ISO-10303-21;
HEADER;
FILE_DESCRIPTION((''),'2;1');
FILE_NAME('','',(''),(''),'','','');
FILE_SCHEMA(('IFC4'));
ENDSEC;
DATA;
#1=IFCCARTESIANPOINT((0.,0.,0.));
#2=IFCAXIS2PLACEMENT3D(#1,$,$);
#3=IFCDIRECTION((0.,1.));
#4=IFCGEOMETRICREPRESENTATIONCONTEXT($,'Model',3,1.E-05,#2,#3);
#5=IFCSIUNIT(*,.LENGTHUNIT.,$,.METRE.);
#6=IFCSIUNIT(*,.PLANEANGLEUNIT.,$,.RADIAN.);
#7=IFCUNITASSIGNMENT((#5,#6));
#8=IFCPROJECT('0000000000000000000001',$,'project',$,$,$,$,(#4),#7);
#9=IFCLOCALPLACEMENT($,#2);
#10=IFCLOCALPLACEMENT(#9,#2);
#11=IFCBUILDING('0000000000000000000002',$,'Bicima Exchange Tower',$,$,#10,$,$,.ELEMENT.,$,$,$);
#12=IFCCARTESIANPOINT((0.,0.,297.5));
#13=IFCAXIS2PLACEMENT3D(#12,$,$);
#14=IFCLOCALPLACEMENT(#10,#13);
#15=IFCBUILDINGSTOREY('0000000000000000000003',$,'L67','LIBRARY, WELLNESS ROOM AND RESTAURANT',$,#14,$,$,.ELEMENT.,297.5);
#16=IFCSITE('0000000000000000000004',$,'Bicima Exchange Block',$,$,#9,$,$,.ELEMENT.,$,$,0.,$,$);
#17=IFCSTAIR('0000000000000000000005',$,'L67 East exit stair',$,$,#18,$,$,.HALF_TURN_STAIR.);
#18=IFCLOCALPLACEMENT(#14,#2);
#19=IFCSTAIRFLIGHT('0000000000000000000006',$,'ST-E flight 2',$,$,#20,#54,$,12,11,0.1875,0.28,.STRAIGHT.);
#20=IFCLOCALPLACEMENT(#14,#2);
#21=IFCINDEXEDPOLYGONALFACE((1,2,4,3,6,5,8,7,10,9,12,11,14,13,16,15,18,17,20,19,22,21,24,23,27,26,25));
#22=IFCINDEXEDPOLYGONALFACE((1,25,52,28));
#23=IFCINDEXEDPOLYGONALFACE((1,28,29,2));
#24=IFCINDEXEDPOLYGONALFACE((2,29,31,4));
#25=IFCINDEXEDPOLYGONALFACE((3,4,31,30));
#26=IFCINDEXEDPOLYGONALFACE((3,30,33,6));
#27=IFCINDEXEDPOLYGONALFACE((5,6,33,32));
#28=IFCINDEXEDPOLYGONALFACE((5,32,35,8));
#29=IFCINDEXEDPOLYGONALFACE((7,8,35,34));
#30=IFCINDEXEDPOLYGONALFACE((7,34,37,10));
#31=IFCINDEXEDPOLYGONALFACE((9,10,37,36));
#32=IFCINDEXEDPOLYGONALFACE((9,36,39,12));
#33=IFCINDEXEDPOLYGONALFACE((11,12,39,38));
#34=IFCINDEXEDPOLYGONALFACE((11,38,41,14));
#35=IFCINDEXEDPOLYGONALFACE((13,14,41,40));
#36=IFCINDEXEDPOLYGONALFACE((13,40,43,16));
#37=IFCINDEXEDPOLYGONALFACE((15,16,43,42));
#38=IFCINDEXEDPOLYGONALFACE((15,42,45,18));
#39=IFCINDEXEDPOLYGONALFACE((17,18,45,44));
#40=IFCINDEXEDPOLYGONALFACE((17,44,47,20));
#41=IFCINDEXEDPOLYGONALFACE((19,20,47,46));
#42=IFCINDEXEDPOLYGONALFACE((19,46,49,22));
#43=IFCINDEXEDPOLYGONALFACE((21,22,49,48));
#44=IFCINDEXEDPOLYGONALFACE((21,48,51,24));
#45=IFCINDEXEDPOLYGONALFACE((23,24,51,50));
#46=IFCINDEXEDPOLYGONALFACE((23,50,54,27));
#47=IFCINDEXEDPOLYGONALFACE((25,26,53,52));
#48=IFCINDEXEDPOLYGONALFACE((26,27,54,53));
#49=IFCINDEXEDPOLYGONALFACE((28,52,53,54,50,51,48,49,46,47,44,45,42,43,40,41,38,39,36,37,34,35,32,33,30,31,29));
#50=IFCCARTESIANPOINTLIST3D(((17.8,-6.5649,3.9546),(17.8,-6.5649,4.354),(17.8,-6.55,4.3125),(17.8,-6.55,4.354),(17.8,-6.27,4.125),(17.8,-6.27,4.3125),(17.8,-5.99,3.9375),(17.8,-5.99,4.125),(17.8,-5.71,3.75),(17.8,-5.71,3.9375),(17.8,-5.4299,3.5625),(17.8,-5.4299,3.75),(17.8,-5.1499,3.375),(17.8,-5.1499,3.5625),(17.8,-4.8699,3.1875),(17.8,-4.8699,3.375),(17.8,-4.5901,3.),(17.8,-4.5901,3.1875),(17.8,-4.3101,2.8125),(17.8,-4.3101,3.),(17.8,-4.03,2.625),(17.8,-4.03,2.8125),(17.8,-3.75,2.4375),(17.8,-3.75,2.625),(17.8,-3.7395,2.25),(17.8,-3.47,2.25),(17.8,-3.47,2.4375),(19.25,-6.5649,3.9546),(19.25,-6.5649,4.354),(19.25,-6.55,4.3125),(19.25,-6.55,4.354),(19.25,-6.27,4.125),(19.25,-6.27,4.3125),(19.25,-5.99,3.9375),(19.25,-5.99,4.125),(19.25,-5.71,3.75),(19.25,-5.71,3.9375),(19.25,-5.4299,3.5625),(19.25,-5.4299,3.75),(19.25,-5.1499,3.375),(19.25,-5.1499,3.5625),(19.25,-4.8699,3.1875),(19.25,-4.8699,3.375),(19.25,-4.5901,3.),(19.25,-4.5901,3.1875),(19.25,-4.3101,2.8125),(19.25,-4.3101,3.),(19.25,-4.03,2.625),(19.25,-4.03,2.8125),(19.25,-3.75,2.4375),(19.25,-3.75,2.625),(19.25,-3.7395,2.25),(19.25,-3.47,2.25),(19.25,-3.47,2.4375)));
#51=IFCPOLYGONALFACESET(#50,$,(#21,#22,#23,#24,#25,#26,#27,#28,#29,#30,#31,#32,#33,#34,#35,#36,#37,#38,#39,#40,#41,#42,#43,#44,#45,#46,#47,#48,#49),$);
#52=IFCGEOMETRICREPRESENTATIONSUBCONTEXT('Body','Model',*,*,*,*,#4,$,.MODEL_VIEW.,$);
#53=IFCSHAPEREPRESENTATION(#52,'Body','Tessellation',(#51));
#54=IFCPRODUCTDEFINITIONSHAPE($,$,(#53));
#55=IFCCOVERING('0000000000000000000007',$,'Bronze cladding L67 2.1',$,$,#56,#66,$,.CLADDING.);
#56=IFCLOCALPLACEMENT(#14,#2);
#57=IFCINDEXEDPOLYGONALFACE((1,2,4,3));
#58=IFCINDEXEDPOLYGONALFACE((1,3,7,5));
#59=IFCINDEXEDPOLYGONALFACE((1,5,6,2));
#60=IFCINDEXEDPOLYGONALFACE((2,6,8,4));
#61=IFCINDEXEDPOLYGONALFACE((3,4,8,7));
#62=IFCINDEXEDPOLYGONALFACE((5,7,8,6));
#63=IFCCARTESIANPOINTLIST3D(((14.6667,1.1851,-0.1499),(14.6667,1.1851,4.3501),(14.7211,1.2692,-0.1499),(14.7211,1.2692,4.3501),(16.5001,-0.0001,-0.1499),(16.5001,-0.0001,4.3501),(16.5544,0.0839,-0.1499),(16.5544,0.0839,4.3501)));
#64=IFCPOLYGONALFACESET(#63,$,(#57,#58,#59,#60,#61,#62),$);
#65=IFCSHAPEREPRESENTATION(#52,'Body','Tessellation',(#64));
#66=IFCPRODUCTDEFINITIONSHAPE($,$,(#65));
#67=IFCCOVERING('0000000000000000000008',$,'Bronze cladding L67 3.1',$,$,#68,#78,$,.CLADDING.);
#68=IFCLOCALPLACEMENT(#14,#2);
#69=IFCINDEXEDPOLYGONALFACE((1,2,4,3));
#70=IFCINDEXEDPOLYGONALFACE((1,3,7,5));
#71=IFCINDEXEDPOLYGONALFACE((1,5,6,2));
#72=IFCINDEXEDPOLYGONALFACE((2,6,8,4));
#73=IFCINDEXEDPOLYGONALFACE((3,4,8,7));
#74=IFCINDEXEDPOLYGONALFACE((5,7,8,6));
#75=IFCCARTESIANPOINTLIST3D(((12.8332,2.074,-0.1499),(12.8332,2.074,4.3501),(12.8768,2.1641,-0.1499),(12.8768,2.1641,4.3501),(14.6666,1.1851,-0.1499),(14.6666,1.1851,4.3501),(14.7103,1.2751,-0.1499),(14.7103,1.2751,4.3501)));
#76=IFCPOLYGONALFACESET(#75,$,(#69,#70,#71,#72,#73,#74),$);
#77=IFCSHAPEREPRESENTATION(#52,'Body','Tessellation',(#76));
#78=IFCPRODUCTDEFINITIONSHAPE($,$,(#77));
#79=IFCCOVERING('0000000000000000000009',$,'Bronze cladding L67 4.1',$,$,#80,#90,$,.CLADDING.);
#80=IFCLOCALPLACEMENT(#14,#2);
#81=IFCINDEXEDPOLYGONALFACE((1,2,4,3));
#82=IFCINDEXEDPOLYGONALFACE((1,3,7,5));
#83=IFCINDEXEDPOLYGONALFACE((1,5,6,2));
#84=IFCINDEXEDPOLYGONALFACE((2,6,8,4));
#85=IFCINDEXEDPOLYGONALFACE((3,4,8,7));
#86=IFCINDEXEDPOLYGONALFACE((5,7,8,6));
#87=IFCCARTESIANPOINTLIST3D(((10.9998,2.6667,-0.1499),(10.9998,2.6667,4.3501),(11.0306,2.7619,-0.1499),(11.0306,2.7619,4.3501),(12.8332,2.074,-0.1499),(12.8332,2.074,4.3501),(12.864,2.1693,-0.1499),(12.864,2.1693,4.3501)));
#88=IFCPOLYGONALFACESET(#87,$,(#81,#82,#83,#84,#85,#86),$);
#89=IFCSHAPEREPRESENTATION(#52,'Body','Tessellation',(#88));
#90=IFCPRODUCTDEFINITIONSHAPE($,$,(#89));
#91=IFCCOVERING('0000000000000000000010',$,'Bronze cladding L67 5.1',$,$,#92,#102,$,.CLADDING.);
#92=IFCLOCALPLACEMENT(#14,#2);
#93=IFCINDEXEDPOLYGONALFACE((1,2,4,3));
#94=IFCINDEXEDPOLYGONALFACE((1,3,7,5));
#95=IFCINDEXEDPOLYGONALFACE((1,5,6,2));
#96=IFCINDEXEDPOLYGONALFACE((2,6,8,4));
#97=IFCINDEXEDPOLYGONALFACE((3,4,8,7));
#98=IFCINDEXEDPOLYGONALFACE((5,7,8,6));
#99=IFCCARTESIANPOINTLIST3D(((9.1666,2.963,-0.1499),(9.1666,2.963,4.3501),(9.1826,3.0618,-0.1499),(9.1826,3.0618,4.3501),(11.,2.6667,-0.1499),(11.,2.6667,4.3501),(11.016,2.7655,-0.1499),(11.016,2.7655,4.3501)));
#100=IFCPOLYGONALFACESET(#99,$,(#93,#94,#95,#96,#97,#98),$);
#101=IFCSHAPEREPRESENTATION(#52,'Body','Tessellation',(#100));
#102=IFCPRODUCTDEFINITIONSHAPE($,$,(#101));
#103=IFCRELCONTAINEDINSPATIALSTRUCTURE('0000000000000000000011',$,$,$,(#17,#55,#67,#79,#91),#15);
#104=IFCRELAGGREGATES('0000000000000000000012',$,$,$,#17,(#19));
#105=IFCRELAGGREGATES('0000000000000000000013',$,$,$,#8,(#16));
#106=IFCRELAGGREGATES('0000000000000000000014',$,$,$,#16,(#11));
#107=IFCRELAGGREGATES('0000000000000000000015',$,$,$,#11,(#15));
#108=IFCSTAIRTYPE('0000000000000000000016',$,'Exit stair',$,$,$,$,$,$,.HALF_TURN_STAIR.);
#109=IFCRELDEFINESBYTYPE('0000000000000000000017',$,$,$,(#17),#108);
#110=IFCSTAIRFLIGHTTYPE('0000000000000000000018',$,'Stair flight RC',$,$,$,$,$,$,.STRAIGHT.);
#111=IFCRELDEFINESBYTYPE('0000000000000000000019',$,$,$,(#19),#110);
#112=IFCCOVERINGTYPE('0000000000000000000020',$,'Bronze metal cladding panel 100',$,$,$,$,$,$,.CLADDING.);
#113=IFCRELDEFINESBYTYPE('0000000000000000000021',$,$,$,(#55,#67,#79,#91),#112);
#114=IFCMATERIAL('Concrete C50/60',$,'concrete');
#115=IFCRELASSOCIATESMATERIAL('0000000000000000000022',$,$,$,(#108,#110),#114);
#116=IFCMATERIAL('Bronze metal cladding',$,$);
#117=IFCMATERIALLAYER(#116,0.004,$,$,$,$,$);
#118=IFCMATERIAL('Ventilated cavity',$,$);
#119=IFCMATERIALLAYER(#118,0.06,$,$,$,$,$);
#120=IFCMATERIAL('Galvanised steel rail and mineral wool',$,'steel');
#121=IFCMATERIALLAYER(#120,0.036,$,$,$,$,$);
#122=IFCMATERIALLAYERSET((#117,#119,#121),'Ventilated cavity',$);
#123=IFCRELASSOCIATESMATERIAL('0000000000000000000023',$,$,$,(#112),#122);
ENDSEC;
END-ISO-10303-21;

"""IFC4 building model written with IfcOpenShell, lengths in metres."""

from ifc_helpers import new_model, si_unit, direction, frame, origin, origin_2d, place, context, subcontext, project, spatial, polyline, rectangle, outline, extrude, material, layer, layer_set, type_object, element, aggregate, save


model = new_model("IFC4")

# Units and contexts
model_context = context("Model", 3, precision=1e-05, world=origin(), true_north=direction((0.0, 1.0)))
body_context = subcontext(model_context, "Body", "Model", "MODEL_VIEW")
ifc_project = project(units=[si_unit("LENGTHUNIT", "METRE"), si_unit("PLANEANGLEUNIT", "RADIAN")], contexts=[model_context])

# Site, building, storey
site_placement = place(None, origin())
site = spatial("IfcSite", under=ifc_project, at=site_placement, Name="Bicima Exchange Block", CompositionType="ELEMENT", RefElevation=0.0)
building_placement = place(site_placement, origin())
building = spatial("IfcBuilding", under=site, at=building_placement, Name="Bicima Exchange Tower", CompositionType="ELEMENT")
storey_placement = place(building_placement, frame((0.0, 0.0, 297.5)))
storey = spatial("IfcBuildingStorey", under=building, at=storey_placement, Name="L67", Description="LIBRARY, WELLNESS ROOM AND RESTAURANT", CompositionType="ELEMENT", Elevation=297.5)

# Shared definitions
ifc_material_1 = material(Name="Concrete C50/60", Category="concrete")

# Stair, stair flight
stair_type = type_object("IfcStairType", Name="Exit stair", PredefinedType="HALF_TURN_STAIR", material=ifc_material_1)
stair_placement = place(storey_placement, origin())
stair = element("IfcStair", 1, at=stair_placement, inside=storey, type_object=stair_type, Name="L67 East exit stair", PredefinedType="HALF_TURN_STAIR")
stair_flight_type = type_object("IfcStairFlightType", Name="Stair flight RC", PredefinedType="STRAIGHT", material=ifc_material_1)
stair_flight_placement = place(storey_placement, frame((18.5249, -3.47, 2.25), z_axis=(0.0, 0.0, 1.0), x_axis=(0.0, -1.0, 0.0)))
stair_flight = element("IfcStairFlight", 2, at=stair_flight_placement, type_object=stair_flight_type, Name="ST-E flight 2", NumberOfRisers=12, NumberOfTreads=11, PredefinedType="STRAIGHT", RiserHeight=0.1875, TreadLength=0.28, context=body_context, shape_type="SweptSolid", body=[
    extrude(outline(polyline([(0.0, 0.0), (0.0, 0.1875), (0.28, 0.1875), (0.28, 0.375), (0.5601, 0.375), (0.5601, 0.5625), (0.8401, 0.5625), (0.8401, 0.75), (1.1201, 0.75), (1.1201, 0.9375), (1.3999, 0.9375), (1.3999, 1.125), (1.6799, 1.125), (1.6799, 1.3125), (1.96, 1.3125), (1.96, 1.5), (2.24, 1.5), (2.24, 1.6875), (2.52, 1.6875), (2.52, 1.875), (2.8, 1.875), (2.8, 2.0625), (3.0801, 2.0625), (3.0801, 2.104), (3.095, 2.104), (3.095, 1.7046), (0.2695, 0.0), (0.0, 0.0)])), frame((0.0, 0.7251, 0.0), z_axis=(0.0, -1.0, 0.0), x_axis=(1.0, 0.0, 0.0)), (0.0, 0.0, 1.0), 1.45),
])
aggregate(stair, [stair_flight])

# Coverings
ifc_material_2 = material(Name="Bronze metal cladding")
ifc_layer_1 = layer(ifc_material_2, 0.004)
ifc_material_3 = material(Name="Ventilated cavity")
ifc_layer_2 = layer(ifc_material_3, 0.06)
ifc_material_4 = material(Name="Galvanised steel rail and mineral wool", Category="steel")
ifc_layer_3 = layer(ifc_material_4, 0.036)
ifc_layer_set_1 = layer_set([ifc_layer_1, ifc_layer_2, ifc_layer_3], Name="Ventilated cavity")
covering_type = type_object("IfcCoveringType", Name="Bronze metal cladding panel 100", PredefinedType="CLADDING", material=ifc_layer_set_1)
covering_1_placement = place(storey_placement, frame((15.6106, 0.6345, -0.1499), z_axis=(0.0, 0.0, 1.0), x_axis=(-0.83979, 0.542911, 0.0)))
element("IfcCovering", 3, at=covering_1_placement, inside=storey, type_object=covering_type, Name="Bronze cladding L67 2.1", PredefinedType="CLADDING", context=body_context, shape_type="SweptSolid", body=[
    extrude(rectangle(XDim=2.1831, YDim=0.1001, at=origin_2d()), origin(), (0.0, 0.0, 1.0), 4.5),
])
covering_2_placement = place(storey_placement, frame((13.7717, 1.6746, -0.1499), z_axis=(0.0, 0.0, 1.0), x_axis=(-0.899818, 0.436265, 0.0)))
element("IfcCovering", 4, at=covering_2_placement, inside=storey, type_object=covering_type, Name="Bronze cladding L67 3.1", PredefinedType="CLADDING", context=body_context, shape_type="SweptSolid", body=[
    extrude(rectangle(XDim=2.0376, YDim=0.1001, at=origin_2d()), origin(), (0.0, 0.0, 1.0), 4.5),
])
covering_3_placement = place(storey_placement, frame((11.9319, 2.418, -0.1499), z_axis=(0.0, 0.0, 1.0), x_axis=(-0.951525, 0.307573, 0.0)))
element("IfcCovering", 5, at=covering_3_placement, inside=storey, type_object=covering_type, Name="Bronze cladding L67 4.1", PredefinedType="CLADDING", context=body_context, shape_type="SweptSolid", body=[
    extrude(rectangle(XDim=1.9268, YDim=0.1001, at=origin_2d()), origin(), (0.0, 0.0, 1.0), 4.5),
])
covering_4_placement = place(storey_placement, frame((10.0913, 2.8643, -0.1499), z_axis=(0.0, 0.0, 1.0), x_axis=(-0.98719, 0.15955, 0.0)))
element("IfcCovering", 6, at=covering_4_placement, inside=storey, type_object=covering_type, Name="Bronze cladding L67 5.1", PredefinedType="CLADDING", context=body_context, shape_type="SweptSolid", body=[
    extrude(rectangle(XDim=1.8572, YDim=0.1001, at=origin_2d()), origin(), (0.0, 0.0, 1.0), 4.5),
])

save(model, "model.ifc")
